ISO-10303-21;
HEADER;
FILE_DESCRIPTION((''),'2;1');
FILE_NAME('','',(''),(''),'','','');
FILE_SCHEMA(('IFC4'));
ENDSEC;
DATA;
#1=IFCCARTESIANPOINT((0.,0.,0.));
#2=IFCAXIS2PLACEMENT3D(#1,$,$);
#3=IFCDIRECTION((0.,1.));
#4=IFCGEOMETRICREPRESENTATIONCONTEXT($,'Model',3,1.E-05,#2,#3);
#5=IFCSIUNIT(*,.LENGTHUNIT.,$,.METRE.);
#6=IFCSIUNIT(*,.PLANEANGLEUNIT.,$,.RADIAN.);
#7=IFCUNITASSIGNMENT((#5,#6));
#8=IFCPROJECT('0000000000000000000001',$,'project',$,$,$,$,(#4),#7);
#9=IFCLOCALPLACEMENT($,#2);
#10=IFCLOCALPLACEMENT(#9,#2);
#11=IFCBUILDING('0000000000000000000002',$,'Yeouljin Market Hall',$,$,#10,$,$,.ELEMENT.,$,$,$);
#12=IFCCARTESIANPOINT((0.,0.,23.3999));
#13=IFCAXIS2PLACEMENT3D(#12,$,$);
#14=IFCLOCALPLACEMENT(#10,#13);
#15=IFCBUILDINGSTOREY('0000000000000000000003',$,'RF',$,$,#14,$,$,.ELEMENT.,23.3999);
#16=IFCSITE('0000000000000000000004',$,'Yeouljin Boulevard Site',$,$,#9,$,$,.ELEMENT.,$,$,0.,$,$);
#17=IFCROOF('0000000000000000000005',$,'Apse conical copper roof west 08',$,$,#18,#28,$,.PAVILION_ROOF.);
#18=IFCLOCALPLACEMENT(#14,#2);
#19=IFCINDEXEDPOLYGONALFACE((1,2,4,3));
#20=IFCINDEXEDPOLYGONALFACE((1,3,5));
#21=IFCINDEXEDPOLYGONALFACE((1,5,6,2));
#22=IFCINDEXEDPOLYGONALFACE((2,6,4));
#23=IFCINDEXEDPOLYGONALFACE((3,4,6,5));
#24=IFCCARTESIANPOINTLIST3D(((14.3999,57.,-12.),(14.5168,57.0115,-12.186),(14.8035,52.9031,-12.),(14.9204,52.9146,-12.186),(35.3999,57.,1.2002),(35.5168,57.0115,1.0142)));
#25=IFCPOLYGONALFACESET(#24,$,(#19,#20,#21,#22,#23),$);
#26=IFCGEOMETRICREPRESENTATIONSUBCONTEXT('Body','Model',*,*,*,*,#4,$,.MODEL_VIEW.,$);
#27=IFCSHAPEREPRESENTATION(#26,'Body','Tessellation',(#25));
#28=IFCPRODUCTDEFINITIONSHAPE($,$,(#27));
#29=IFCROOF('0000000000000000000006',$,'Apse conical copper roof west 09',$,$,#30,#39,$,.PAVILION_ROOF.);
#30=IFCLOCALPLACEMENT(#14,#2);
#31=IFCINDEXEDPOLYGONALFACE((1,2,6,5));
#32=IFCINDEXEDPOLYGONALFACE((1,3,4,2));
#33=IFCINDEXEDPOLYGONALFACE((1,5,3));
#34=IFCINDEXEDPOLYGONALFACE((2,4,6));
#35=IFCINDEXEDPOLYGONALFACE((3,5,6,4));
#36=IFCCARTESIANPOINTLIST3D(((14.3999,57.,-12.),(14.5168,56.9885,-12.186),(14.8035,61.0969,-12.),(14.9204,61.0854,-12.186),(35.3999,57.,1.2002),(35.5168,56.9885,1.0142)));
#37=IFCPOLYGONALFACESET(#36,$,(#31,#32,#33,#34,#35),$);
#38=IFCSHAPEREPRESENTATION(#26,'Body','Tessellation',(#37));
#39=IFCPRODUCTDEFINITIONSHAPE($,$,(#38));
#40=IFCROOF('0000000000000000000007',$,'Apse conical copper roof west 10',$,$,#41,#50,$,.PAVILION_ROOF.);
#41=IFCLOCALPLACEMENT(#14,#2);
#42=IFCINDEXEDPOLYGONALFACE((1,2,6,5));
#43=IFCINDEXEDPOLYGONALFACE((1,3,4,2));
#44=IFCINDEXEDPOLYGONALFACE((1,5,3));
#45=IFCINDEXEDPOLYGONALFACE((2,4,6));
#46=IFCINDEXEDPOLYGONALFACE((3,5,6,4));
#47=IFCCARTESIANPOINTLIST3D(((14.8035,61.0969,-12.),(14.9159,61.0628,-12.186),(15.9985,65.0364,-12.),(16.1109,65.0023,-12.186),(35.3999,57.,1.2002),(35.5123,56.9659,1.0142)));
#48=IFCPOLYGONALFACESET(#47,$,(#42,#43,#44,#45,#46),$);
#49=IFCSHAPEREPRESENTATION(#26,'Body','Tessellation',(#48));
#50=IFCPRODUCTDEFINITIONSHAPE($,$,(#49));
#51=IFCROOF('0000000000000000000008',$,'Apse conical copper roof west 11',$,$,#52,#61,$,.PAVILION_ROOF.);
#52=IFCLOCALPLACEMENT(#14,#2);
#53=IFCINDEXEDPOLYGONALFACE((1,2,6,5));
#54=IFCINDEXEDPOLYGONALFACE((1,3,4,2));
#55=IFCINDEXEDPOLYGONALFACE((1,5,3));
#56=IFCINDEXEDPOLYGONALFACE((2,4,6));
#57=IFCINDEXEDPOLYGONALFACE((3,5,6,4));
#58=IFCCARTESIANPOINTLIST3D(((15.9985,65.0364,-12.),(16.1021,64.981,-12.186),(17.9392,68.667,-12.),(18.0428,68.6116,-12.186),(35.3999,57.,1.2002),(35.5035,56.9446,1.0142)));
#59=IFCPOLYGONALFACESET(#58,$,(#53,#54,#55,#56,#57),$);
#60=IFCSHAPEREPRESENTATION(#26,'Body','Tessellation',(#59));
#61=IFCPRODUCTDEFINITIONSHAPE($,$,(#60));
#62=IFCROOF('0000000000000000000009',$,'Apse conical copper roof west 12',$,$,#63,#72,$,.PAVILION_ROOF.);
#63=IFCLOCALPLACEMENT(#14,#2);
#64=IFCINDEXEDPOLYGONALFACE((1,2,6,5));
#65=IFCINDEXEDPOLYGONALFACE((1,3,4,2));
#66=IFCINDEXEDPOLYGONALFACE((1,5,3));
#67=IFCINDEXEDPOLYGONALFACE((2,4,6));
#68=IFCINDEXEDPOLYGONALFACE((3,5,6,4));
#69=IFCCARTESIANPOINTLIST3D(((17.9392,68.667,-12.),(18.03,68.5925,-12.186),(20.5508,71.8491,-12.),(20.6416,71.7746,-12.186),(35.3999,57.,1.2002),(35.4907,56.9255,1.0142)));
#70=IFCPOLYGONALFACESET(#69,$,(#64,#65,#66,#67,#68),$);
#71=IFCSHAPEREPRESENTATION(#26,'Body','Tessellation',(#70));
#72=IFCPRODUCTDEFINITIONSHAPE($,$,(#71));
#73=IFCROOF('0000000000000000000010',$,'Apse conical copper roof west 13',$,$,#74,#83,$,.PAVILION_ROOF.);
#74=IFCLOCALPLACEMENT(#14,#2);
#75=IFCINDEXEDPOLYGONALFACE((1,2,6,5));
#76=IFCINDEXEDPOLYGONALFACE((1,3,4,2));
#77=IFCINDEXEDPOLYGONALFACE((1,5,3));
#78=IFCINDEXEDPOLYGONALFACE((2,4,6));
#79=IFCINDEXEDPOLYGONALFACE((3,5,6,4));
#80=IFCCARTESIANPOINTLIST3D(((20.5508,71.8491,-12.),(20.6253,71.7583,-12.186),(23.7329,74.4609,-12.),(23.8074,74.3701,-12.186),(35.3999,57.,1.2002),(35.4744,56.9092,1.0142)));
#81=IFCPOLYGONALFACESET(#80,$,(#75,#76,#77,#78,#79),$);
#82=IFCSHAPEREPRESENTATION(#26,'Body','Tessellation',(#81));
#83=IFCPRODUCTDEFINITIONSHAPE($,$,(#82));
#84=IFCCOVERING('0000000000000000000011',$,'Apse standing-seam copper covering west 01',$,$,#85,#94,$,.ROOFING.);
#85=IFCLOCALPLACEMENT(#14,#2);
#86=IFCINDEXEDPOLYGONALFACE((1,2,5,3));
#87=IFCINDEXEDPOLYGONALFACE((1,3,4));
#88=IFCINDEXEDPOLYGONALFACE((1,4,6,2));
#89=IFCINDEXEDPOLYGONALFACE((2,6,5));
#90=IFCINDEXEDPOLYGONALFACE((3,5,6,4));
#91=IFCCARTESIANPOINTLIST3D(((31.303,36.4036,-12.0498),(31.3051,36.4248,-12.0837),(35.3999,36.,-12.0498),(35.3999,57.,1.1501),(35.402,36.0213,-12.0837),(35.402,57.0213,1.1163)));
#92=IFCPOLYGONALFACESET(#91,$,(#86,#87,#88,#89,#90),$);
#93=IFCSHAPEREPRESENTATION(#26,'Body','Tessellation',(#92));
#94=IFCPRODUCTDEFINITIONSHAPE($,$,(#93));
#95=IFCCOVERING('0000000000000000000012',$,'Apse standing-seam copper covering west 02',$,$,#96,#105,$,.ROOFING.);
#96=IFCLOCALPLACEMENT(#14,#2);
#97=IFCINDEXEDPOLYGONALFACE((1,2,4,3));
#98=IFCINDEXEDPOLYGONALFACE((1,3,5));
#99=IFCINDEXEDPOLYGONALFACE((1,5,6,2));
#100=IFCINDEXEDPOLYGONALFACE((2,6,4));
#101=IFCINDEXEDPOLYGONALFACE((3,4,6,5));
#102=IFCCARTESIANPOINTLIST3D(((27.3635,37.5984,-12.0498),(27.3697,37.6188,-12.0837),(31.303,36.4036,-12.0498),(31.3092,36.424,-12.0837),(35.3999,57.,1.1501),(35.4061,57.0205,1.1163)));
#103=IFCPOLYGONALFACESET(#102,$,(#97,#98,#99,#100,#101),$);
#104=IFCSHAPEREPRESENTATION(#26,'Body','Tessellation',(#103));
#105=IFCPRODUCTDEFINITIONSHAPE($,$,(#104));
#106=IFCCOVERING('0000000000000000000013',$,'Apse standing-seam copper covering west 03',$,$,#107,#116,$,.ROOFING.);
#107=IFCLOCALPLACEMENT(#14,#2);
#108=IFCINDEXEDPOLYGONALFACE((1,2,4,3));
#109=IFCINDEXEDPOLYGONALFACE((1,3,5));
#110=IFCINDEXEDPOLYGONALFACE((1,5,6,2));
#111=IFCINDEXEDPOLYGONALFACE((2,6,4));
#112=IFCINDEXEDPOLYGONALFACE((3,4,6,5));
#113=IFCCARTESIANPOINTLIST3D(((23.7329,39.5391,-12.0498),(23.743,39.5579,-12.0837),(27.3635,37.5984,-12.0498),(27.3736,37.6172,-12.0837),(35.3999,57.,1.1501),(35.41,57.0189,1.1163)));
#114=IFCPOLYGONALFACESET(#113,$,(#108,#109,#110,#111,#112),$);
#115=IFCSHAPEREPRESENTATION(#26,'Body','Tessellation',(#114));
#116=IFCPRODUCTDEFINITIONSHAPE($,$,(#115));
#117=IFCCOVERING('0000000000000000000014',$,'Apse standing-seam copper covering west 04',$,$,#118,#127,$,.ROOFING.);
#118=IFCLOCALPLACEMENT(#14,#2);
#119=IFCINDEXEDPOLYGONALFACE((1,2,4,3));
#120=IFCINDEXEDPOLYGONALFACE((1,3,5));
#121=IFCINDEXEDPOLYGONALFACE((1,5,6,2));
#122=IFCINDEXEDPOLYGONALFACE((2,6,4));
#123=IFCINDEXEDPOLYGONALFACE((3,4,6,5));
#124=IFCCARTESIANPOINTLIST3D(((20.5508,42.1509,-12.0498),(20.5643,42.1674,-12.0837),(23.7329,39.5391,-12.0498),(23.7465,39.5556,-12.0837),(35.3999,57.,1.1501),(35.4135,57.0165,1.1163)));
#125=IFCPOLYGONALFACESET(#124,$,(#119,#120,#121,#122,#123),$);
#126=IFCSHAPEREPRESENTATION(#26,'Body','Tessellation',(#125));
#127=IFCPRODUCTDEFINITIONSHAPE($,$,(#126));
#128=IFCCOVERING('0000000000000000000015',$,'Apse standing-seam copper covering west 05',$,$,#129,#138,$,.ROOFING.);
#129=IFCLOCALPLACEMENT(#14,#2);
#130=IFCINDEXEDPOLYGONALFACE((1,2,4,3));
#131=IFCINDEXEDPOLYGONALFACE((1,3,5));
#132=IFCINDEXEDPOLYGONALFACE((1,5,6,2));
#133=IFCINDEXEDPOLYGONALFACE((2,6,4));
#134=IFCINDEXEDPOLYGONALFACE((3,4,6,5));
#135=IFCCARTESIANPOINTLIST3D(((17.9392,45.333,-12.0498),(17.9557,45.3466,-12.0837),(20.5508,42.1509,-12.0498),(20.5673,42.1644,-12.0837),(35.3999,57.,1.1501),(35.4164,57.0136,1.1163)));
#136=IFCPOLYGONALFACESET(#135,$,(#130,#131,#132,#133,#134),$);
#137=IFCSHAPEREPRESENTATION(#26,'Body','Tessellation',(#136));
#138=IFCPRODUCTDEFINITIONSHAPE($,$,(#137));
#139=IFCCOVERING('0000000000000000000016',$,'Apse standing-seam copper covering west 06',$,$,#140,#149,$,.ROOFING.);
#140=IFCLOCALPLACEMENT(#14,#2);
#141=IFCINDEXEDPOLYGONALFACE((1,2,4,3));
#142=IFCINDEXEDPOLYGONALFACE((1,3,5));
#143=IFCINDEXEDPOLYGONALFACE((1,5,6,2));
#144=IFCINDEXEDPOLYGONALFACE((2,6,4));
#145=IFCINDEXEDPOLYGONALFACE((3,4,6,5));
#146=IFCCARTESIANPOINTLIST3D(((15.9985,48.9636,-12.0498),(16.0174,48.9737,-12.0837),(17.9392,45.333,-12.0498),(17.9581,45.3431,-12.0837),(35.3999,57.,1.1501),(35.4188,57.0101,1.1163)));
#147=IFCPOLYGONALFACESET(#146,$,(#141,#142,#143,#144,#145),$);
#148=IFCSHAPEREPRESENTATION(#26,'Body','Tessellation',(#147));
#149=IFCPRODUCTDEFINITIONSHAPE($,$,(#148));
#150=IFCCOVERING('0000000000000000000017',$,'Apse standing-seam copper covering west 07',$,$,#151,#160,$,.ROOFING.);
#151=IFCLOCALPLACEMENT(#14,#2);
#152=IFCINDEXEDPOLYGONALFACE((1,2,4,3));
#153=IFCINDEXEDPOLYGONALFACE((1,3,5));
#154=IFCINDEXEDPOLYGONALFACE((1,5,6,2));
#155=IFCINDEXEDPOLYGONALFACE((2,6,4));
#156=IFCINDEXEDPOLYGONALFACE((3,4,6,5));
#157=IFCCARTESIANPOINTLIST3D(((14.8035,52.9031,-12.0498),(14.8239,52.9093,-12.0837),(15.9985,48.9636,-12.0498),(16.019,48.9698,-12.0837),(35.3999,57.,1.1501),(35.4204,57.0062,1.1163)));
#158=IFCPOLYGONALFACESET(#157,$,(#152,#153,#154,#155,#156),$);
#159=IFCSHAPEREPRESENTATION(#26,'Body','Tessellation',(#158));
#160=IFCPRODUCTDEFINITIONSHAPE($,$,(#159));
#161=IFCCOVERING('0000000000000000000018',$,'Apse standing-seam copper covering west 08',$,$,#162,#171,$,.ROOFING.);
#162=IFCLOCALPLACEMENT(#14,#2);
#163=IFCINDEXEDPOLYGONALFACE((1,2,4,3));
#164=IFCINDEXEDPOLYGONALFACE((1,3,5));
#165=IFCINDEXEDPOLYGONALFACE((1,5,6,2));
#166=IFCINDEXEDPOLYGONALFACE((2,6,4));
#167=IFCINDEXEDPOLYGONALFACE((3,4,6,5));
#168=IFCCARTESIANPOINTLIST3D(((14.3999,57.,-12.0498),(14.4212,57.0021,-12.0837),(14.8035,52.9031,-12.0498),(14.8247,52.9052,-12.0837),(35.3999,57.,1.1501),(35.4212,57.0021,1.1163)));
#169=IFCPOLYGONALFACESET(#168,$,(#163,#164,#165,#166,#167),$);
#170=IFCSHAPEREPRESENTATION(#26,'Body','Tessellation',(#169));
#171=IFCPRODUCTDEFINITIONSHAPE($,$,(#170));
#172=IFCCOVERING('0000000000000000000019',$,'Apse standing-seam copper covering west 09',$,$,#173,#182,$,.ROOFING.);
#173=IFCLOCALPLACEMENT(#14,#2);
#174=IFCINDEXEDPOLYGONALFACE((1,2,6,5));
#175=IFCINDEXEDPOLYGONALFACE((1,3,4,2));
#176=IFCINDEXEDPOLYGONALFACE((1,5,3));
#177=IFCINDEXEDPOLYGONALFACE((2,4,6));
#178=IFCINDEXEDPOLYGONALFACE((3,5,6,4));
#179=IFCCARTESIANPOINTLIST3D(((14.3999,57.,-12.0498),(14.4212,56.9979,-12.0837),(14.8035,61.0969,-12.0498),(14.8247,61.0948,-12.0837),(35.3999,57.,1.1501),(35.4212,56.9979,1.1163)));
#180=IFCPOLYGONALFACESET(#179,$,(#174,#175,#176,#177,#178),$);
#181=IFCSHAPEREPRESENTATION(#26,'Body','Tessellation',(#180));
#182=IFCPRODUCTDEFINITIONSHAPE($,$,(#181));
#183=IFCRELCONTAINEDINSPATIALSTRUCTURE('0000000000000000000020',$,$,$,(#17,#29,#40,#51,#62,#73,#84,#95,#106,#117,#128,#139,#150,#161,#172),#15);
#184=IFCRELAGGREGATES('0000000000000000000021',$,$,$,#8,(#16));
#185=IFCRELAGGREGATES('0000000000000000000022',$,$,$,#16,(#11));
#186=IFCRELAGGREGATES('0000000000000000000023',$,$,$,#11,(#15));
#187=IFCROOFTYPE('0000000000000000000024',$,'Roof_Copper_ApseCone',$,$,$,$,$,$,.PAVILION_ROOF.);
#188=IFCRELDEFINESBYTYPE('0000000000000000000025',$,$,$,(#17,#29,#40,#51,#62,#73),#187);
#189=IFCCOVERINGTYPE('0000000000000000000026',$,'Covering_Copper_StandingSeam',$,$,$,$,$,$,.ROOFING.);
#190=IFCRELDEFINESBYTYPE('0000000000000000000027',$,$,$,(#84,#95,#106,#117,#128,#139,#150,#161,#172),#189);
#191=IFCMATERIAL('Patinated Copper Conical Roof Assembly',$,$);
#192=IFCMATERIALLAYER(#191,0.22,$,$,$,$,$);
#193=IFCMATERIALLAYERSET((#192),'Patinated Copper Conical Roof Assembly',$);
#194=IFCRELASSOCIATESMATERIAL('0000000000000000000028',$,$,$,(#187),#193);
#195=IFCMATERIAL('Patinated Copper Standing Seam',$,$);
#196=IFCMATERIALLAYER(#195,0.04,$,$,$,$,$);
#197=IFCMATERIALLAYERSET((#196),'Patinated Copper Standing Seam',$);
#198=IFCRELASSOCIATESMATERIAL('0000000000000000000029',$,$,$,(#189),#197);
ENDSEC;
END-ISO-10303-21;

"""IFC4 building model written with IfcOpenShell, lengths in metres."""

from ifc_helpers import new_model, si_unit, direction, frame, origin, place, context, subcontext, project, spatial, polyline, outline, extrude, material, layer, layer_set, type_object, element, save


model = new_model("IFC4")

# Units and contexts
model_context = context("Model", 3, precision=1e-05, world=origin(), true_north=direction((0.0, 1.0)))
body_context = subcontext(model_context, "Body", "Model", "MODEL_VIEW")
ifc_project = project(units=[si_unit("LENGTHUNIT", "METRE"), si_unit("PLANEANGLEUNIT", "RADIAN")], contexts=[model_context])

# Site, building, storey
site_placement = place(None, origin())
site = spatial("IfcSite", under=ifc_project, at=site_placement, Name="Yeouljin Boulevard Site", CompositionType="ELEMENT", RefElevation=0.0)
building_placement = place(site_placement, origin())
building = spatial("IfcBuilding", under=site, at=building_placement, Name="Yeouljin Market Hall", CompositionType="ELEMENT")
storey_placement = place(building_placement, frame((0.0, 0.0, 23.3999)))
storey = spatial("IfcBuildingStorey", under=building, at=storey_placement, Name="RF", CompositionType="ELEMENT", Elevation=23.3999)

# Roofs
ifc_material_1 = material(Name="Patinated Copper Conical Roof Assembly")
ifc_layer_1 = layer(ifc_material_1, 0.22)
ifc_layer_set_1 = layer_set([ifc_layer_1], Name="Patinated Copper Conical Roof Assembly")
roof_type = type_object("IfcRoofType", Name="Roof_Copper_ApseCone", PredefinedType="PAVILION_ROOF", material=ifc_layer_set_1)
roof_1_placement = place(storey_placement, frame((35.3999, 57.0, 1.2002), z_axis=(-0.531447, -0.05235, 0.845472), x_axis=(-0.846633, 0.0, -0.532177)))
element("IfcRoof", 1, at=roof_1_placement, inside=storey, type_object=roof_type, Name="Apse conical copper roof west 08", PredefinedType="PAVILION_ROOF", context=body_context, shape_type="SweptSolid", body=[
    extrude(outline(polyline([(0.0, 0.0), (24.8041, 0.0), (24.4625, 4.1025), (0.0, 0.0)])), origin(), (0.0, 0.0, -1.0), 0.22),
])
roof_2_placement = place(storey_placement, frame((35.3999, 57.0, 1.2002), z_axis=(-0.531447, 0.05235, 0.845472), x_axis=(-0.830364, 0.165171, -0.532178)))
element("IfcRoof", 2, at=roof_2_placement, inside=storey, type_object=roof_type, Name="Apse conical copper roof west 09", PredefinedType="PAVILION_ROOF", context=body_context, shape_type="SweptSolid", body=[
    extrude(outline(polyline([(0.0, 0.0), (24.8041, 0.0), (24.4625, 4.1026), (0.0, 0.0)])), origin(), (0.0, 0.0, -1.0), 0.22),
])
roof_3_placement = place(storey_placement, frame((35.3999, 57.0, 1.2002), z_axis=(-0.511024, 0.155024, 0.845472), x_axis=(-0.782185, 0.323994, -0.532179)))
element("IfcRoof", 3, at=roof_3_placement, inside=storey, type_object=roof_type, Name="Apse conical copper roof west 10", PredefinedType="PAVILION_ROOF", context=body_context, shape_type="SweptSolid", body=[
    extrude(outline(polyline([(0.0, 0.0), (24.8041, 0.0), (24.4625, 4.1025), (0.0, 0.0)])), origin(), (0.0, 0.0, -1.0), 0.22),
])
roof_4_placement = place(storey_placement, frame((35.3999, 57.0, 1.2002), z_axis=(-0.470961, 0.251743, 0.845471), x_axis=(-0.703946, 0.470367, -0.53218)))
element("IfcRoof", 4, at=roof_4_placement, inside=storey, type_object=roof_type, Name="Apse conical copper roof west 11", PredefinedType="PAVILION_ROOF", context=body_context, shape_type="SweptSolid", body=[
    extrude(outline(polyline([(0.0, 0.0), (24.804, 0.0), (24.4624, 4.1025), (0.0, 0.0)])), origin(), (0.0, 0.0, -1.0), 0.22),
])
roof_5_placement = place(storey_placement, frame((35.3999, 57.0, 1.2002), z_axis=(-0.4128, 0.338785, 0.845471), x_axis=(-0.598659, 0.598659, -0.53218)))
element("IfcRoof", 5, at=roof_5_placement, inside=storey, type_object=roof_type, Name="Apse conical copper roof west 12", PredefinedType="PAVILION_ROOF", context=body_context, shape_type="SweptSolid", body=[
    extrude(outline(polyline([(0.0, 0.0), (24.804, 0.0), (24.4624, 4.1024), (0.0, 0.0)])), origin(), (0.0, 0.0, -1.0), 0.22),
])
roof_6_placement = place(storey_placement, frame((35.3999, 57.0, 1.2002), z_axis=(-0.338803, 0.412783, 0.845472), x_axis=(-0.470364, 0.703951, -0.532176)))
element("IfcRoof", 6, at=roof_6_placement, inside=storey, type_object=roof_type, Name="Apse conical copper roof west 13", PredefinedType="PAVILION_ROOF", context=body_context, shape_type="SweptSolid", body=[
    extrude(outline(polyline([(0.0, 0.0), (24.8042, 0.0), (24.4624, 4.1025), (0.0, 0.0)])), origin(), (0.0, 0.0, -1.0), 0.22),
])

# Coverings
ifc_material_2 = material(Name="Patinated Copper Standing Seam")
ifc_layer_2 = layer(ifc_material_2, 0.04)
ifc_layer_set_2 = layer_set([ifc_layer_2], Name="Patinated Copper Standing Seam")
covering_type = type_object("IfcCoveringType", Name="Covering_Copper_StandingSeam", PredefinedType="ROOFING", material=ifc_layer_set_2)
covering_1_placement = place(storey_placement, frame((35.3999, 57.0, 1.1501), z_axis=(-0.052349, -0.53144, 0.845477), x_axis=(-0.165172, -0.830369, -0.532171)))
element("IfcCovering", 7, at=covering_1_placement, inside=storey, type_object=covering_type, Name="Apse standing-seam copper covering west 01", PredefinedType="ROOFING", context=body_context, shape_type="SweptSolid", body=[
    extrude(outline(polyline([(0.0, 0.0), (24.804, 0.0), (24.4624, 4.1026), (0.0, 0.0)])), origin(), (0.0, 0.0, -1.0), 0.04),
])
covering_2_placement = place(storey_placement, frame((35.3999, 57.0, 1.1501), z_axis=(-0.154992, -0.511024, 0.845477), x_axis=(-0.323994, -0.782193, -0.532168)))
element("IfcCovering", 8, at=covering_2_placement, inside=storey, type_object=covering_type, Name="Apse standing-seam copper covering west 02", PredefinedType="ROOFING", context=body_context, shape_type="SweptSolid", body=[
    extrude(outline(polyline([(0.0, 0.0), (24.8041, 0.0), (24.4623, 4.1024), (0.0, 0.0)])), origin(), (0.0, 0.0, -1.0), 0.04),
])
covering_3_placement = place(storey_placement, frame((35.3999, 57.0, 1.1501), z_axis=(-0.251738, -0.470951, 0.845478), x_axis=(-0.470366, -0.703955, -0.532169)))
element("IfcCovering", 9, at=covering_3_placement, inside=storey, type_object=covering_type, Name="Apse standing-seam copper covering west 03", PredefinedType="ROOFING", context=body_context, shape_type="SweptSolid", body=[
    extrude(outline(polyline([(0.0, 0.0), (24.8041, 0.0), (24.4625, 4.1025), (0.0, 0.0)])), origin(), (0.0, 0.0, -1.0), 0.04),
])
covering_4_placement = place(storey_placement, frame((35.3999, 57.0, 1.1501), z_axis=(-0.338798, -0.412778, 0.845476), x_axis=(-0.598662, -0.598662, -0.532173)))
element("IfcCovering", 10, at=covering_4_placement, inside=storey, type_object=covering_type, Name="Apse standing-seam copper covering west 04", PredefinedType="ROOFING", context=body_context, shape_type="SweptSolid", body=[
    extrude(outline(polyline([(0.0, 0.0), (24.8039, 0.0), (24.4624, 4.1026), (0.0, 0.0)])), origin(), (0.0, 0.0, -1.0), 0.04),
])
covering_5_placement = place(storey_placement, frame((35.3999, 57.0, 1.1501), z_axis=(-0.412795, -0.33878, 0.845475), x_axis=(-0.70395, -0.470369, -0.532173)))
element("IfcCovering", 11, at=covering_5_placement, inside=storey, type_object=covering_type, Name="Apse standing-seam copper covering west 05", PredefinedType="ROOFING", context=body_context, shape_type="SweptSolid", body=[
    extrude(outline(polyline([(0.0, 0.0), (24.8039, 0.0), (24.4623, 4.1024), (0.0, 0.0)])), origin(), (0.0, 0.0, -1.0), 0.04),
])
covering_6_placement = place(storey_placement, frame((35.3999, 57.0, 1.1501), z_axis=(-0.470955, -0.25174, 0.845476), x_axis=(-0.782189, -0.323996, -0.532172)))
element("IfcCovering", 12, at=covering_6_placement, inside=storey, type_object=covering_type, Name="Apse standing-seam copper covering west 06", PredefinedType="ROOFING", context=body_context, shape_type="SweptSolid", body=[
    extrude(outline(polyline([(0.0, 0.0), (24.8039, 0.0), (24.4623, 4.1025), (0.0, 0.0)])), origin(), (0.0, 0.0, -1.0), 0.04),
])
covering_7_placement = place(storey_placement, frame((35.3999, 57.0, 1.1501), z_axis=(-0.511017, -0.155022, 0.845476), x_axis=(-0.830369, -0.165172, -0.532171)))
element("IfcCovering", 13, at=covering_7_placement, inside=storey, type_object=covering_type, Name="Apse standing-seam copper covering west 07", PredefinedType="ROOFING", context=body_context, shape_type="SweptSolid", body=[
    extrude(outline(polyline([(0.0, 0.0), (24.804, 0.0), (24.4623, 4.1025), (0.0, 0.0)])), origin(), (0.0, 0.0, -1.0), 0.04),
])
covering_8_placement = place(storey_placement, frame((35.3999, 57.0, 1.1501), z_axis=(-0.53144, -0.052349, 0.845477), x_axis=(-0.846637, 0.0, -0.53217)))
element("IfcCovering", 14, at=covering_8_placement, inside=storey, type_object=covering_type, Name="Apse standing-seam copper covering west 08", PredefinedType="ROOFING", context=body_context, shape_type="SweptSolid", body=[
    extrude(outline(polyline([(0.0, 0.0), (24.804, 0.0), (24.4623, 4.1025), (0.0, 0.0)])), origin(), (0.0, 0.0, -1.0), 0.04),
])
covering_9_placement = place(storey_placement, frame((35.3999, 57.0, 1.1501), z_axis=(-0.53144, 0.052349, 0.845477), x_axis=(-0.830369, 0.165172, -0.532171)))
element("IfcCovering", 15, at=covering_9_placement, inside=storey, type_object=covering_type, Name="Apse standing-seam copper covering west 09", PredefinedType="ROOFING", context=body_context, shape_type="SweptSolid", body=[
    extrude(outline(polyline([(0.0, 0.0), (24.804, 0.0), (24.4624, 4.1026), (0.0, 0.0)])), origin(), (0.0, 0.0, -1.0), 0.04),
])

save(model, "model.ifc")
